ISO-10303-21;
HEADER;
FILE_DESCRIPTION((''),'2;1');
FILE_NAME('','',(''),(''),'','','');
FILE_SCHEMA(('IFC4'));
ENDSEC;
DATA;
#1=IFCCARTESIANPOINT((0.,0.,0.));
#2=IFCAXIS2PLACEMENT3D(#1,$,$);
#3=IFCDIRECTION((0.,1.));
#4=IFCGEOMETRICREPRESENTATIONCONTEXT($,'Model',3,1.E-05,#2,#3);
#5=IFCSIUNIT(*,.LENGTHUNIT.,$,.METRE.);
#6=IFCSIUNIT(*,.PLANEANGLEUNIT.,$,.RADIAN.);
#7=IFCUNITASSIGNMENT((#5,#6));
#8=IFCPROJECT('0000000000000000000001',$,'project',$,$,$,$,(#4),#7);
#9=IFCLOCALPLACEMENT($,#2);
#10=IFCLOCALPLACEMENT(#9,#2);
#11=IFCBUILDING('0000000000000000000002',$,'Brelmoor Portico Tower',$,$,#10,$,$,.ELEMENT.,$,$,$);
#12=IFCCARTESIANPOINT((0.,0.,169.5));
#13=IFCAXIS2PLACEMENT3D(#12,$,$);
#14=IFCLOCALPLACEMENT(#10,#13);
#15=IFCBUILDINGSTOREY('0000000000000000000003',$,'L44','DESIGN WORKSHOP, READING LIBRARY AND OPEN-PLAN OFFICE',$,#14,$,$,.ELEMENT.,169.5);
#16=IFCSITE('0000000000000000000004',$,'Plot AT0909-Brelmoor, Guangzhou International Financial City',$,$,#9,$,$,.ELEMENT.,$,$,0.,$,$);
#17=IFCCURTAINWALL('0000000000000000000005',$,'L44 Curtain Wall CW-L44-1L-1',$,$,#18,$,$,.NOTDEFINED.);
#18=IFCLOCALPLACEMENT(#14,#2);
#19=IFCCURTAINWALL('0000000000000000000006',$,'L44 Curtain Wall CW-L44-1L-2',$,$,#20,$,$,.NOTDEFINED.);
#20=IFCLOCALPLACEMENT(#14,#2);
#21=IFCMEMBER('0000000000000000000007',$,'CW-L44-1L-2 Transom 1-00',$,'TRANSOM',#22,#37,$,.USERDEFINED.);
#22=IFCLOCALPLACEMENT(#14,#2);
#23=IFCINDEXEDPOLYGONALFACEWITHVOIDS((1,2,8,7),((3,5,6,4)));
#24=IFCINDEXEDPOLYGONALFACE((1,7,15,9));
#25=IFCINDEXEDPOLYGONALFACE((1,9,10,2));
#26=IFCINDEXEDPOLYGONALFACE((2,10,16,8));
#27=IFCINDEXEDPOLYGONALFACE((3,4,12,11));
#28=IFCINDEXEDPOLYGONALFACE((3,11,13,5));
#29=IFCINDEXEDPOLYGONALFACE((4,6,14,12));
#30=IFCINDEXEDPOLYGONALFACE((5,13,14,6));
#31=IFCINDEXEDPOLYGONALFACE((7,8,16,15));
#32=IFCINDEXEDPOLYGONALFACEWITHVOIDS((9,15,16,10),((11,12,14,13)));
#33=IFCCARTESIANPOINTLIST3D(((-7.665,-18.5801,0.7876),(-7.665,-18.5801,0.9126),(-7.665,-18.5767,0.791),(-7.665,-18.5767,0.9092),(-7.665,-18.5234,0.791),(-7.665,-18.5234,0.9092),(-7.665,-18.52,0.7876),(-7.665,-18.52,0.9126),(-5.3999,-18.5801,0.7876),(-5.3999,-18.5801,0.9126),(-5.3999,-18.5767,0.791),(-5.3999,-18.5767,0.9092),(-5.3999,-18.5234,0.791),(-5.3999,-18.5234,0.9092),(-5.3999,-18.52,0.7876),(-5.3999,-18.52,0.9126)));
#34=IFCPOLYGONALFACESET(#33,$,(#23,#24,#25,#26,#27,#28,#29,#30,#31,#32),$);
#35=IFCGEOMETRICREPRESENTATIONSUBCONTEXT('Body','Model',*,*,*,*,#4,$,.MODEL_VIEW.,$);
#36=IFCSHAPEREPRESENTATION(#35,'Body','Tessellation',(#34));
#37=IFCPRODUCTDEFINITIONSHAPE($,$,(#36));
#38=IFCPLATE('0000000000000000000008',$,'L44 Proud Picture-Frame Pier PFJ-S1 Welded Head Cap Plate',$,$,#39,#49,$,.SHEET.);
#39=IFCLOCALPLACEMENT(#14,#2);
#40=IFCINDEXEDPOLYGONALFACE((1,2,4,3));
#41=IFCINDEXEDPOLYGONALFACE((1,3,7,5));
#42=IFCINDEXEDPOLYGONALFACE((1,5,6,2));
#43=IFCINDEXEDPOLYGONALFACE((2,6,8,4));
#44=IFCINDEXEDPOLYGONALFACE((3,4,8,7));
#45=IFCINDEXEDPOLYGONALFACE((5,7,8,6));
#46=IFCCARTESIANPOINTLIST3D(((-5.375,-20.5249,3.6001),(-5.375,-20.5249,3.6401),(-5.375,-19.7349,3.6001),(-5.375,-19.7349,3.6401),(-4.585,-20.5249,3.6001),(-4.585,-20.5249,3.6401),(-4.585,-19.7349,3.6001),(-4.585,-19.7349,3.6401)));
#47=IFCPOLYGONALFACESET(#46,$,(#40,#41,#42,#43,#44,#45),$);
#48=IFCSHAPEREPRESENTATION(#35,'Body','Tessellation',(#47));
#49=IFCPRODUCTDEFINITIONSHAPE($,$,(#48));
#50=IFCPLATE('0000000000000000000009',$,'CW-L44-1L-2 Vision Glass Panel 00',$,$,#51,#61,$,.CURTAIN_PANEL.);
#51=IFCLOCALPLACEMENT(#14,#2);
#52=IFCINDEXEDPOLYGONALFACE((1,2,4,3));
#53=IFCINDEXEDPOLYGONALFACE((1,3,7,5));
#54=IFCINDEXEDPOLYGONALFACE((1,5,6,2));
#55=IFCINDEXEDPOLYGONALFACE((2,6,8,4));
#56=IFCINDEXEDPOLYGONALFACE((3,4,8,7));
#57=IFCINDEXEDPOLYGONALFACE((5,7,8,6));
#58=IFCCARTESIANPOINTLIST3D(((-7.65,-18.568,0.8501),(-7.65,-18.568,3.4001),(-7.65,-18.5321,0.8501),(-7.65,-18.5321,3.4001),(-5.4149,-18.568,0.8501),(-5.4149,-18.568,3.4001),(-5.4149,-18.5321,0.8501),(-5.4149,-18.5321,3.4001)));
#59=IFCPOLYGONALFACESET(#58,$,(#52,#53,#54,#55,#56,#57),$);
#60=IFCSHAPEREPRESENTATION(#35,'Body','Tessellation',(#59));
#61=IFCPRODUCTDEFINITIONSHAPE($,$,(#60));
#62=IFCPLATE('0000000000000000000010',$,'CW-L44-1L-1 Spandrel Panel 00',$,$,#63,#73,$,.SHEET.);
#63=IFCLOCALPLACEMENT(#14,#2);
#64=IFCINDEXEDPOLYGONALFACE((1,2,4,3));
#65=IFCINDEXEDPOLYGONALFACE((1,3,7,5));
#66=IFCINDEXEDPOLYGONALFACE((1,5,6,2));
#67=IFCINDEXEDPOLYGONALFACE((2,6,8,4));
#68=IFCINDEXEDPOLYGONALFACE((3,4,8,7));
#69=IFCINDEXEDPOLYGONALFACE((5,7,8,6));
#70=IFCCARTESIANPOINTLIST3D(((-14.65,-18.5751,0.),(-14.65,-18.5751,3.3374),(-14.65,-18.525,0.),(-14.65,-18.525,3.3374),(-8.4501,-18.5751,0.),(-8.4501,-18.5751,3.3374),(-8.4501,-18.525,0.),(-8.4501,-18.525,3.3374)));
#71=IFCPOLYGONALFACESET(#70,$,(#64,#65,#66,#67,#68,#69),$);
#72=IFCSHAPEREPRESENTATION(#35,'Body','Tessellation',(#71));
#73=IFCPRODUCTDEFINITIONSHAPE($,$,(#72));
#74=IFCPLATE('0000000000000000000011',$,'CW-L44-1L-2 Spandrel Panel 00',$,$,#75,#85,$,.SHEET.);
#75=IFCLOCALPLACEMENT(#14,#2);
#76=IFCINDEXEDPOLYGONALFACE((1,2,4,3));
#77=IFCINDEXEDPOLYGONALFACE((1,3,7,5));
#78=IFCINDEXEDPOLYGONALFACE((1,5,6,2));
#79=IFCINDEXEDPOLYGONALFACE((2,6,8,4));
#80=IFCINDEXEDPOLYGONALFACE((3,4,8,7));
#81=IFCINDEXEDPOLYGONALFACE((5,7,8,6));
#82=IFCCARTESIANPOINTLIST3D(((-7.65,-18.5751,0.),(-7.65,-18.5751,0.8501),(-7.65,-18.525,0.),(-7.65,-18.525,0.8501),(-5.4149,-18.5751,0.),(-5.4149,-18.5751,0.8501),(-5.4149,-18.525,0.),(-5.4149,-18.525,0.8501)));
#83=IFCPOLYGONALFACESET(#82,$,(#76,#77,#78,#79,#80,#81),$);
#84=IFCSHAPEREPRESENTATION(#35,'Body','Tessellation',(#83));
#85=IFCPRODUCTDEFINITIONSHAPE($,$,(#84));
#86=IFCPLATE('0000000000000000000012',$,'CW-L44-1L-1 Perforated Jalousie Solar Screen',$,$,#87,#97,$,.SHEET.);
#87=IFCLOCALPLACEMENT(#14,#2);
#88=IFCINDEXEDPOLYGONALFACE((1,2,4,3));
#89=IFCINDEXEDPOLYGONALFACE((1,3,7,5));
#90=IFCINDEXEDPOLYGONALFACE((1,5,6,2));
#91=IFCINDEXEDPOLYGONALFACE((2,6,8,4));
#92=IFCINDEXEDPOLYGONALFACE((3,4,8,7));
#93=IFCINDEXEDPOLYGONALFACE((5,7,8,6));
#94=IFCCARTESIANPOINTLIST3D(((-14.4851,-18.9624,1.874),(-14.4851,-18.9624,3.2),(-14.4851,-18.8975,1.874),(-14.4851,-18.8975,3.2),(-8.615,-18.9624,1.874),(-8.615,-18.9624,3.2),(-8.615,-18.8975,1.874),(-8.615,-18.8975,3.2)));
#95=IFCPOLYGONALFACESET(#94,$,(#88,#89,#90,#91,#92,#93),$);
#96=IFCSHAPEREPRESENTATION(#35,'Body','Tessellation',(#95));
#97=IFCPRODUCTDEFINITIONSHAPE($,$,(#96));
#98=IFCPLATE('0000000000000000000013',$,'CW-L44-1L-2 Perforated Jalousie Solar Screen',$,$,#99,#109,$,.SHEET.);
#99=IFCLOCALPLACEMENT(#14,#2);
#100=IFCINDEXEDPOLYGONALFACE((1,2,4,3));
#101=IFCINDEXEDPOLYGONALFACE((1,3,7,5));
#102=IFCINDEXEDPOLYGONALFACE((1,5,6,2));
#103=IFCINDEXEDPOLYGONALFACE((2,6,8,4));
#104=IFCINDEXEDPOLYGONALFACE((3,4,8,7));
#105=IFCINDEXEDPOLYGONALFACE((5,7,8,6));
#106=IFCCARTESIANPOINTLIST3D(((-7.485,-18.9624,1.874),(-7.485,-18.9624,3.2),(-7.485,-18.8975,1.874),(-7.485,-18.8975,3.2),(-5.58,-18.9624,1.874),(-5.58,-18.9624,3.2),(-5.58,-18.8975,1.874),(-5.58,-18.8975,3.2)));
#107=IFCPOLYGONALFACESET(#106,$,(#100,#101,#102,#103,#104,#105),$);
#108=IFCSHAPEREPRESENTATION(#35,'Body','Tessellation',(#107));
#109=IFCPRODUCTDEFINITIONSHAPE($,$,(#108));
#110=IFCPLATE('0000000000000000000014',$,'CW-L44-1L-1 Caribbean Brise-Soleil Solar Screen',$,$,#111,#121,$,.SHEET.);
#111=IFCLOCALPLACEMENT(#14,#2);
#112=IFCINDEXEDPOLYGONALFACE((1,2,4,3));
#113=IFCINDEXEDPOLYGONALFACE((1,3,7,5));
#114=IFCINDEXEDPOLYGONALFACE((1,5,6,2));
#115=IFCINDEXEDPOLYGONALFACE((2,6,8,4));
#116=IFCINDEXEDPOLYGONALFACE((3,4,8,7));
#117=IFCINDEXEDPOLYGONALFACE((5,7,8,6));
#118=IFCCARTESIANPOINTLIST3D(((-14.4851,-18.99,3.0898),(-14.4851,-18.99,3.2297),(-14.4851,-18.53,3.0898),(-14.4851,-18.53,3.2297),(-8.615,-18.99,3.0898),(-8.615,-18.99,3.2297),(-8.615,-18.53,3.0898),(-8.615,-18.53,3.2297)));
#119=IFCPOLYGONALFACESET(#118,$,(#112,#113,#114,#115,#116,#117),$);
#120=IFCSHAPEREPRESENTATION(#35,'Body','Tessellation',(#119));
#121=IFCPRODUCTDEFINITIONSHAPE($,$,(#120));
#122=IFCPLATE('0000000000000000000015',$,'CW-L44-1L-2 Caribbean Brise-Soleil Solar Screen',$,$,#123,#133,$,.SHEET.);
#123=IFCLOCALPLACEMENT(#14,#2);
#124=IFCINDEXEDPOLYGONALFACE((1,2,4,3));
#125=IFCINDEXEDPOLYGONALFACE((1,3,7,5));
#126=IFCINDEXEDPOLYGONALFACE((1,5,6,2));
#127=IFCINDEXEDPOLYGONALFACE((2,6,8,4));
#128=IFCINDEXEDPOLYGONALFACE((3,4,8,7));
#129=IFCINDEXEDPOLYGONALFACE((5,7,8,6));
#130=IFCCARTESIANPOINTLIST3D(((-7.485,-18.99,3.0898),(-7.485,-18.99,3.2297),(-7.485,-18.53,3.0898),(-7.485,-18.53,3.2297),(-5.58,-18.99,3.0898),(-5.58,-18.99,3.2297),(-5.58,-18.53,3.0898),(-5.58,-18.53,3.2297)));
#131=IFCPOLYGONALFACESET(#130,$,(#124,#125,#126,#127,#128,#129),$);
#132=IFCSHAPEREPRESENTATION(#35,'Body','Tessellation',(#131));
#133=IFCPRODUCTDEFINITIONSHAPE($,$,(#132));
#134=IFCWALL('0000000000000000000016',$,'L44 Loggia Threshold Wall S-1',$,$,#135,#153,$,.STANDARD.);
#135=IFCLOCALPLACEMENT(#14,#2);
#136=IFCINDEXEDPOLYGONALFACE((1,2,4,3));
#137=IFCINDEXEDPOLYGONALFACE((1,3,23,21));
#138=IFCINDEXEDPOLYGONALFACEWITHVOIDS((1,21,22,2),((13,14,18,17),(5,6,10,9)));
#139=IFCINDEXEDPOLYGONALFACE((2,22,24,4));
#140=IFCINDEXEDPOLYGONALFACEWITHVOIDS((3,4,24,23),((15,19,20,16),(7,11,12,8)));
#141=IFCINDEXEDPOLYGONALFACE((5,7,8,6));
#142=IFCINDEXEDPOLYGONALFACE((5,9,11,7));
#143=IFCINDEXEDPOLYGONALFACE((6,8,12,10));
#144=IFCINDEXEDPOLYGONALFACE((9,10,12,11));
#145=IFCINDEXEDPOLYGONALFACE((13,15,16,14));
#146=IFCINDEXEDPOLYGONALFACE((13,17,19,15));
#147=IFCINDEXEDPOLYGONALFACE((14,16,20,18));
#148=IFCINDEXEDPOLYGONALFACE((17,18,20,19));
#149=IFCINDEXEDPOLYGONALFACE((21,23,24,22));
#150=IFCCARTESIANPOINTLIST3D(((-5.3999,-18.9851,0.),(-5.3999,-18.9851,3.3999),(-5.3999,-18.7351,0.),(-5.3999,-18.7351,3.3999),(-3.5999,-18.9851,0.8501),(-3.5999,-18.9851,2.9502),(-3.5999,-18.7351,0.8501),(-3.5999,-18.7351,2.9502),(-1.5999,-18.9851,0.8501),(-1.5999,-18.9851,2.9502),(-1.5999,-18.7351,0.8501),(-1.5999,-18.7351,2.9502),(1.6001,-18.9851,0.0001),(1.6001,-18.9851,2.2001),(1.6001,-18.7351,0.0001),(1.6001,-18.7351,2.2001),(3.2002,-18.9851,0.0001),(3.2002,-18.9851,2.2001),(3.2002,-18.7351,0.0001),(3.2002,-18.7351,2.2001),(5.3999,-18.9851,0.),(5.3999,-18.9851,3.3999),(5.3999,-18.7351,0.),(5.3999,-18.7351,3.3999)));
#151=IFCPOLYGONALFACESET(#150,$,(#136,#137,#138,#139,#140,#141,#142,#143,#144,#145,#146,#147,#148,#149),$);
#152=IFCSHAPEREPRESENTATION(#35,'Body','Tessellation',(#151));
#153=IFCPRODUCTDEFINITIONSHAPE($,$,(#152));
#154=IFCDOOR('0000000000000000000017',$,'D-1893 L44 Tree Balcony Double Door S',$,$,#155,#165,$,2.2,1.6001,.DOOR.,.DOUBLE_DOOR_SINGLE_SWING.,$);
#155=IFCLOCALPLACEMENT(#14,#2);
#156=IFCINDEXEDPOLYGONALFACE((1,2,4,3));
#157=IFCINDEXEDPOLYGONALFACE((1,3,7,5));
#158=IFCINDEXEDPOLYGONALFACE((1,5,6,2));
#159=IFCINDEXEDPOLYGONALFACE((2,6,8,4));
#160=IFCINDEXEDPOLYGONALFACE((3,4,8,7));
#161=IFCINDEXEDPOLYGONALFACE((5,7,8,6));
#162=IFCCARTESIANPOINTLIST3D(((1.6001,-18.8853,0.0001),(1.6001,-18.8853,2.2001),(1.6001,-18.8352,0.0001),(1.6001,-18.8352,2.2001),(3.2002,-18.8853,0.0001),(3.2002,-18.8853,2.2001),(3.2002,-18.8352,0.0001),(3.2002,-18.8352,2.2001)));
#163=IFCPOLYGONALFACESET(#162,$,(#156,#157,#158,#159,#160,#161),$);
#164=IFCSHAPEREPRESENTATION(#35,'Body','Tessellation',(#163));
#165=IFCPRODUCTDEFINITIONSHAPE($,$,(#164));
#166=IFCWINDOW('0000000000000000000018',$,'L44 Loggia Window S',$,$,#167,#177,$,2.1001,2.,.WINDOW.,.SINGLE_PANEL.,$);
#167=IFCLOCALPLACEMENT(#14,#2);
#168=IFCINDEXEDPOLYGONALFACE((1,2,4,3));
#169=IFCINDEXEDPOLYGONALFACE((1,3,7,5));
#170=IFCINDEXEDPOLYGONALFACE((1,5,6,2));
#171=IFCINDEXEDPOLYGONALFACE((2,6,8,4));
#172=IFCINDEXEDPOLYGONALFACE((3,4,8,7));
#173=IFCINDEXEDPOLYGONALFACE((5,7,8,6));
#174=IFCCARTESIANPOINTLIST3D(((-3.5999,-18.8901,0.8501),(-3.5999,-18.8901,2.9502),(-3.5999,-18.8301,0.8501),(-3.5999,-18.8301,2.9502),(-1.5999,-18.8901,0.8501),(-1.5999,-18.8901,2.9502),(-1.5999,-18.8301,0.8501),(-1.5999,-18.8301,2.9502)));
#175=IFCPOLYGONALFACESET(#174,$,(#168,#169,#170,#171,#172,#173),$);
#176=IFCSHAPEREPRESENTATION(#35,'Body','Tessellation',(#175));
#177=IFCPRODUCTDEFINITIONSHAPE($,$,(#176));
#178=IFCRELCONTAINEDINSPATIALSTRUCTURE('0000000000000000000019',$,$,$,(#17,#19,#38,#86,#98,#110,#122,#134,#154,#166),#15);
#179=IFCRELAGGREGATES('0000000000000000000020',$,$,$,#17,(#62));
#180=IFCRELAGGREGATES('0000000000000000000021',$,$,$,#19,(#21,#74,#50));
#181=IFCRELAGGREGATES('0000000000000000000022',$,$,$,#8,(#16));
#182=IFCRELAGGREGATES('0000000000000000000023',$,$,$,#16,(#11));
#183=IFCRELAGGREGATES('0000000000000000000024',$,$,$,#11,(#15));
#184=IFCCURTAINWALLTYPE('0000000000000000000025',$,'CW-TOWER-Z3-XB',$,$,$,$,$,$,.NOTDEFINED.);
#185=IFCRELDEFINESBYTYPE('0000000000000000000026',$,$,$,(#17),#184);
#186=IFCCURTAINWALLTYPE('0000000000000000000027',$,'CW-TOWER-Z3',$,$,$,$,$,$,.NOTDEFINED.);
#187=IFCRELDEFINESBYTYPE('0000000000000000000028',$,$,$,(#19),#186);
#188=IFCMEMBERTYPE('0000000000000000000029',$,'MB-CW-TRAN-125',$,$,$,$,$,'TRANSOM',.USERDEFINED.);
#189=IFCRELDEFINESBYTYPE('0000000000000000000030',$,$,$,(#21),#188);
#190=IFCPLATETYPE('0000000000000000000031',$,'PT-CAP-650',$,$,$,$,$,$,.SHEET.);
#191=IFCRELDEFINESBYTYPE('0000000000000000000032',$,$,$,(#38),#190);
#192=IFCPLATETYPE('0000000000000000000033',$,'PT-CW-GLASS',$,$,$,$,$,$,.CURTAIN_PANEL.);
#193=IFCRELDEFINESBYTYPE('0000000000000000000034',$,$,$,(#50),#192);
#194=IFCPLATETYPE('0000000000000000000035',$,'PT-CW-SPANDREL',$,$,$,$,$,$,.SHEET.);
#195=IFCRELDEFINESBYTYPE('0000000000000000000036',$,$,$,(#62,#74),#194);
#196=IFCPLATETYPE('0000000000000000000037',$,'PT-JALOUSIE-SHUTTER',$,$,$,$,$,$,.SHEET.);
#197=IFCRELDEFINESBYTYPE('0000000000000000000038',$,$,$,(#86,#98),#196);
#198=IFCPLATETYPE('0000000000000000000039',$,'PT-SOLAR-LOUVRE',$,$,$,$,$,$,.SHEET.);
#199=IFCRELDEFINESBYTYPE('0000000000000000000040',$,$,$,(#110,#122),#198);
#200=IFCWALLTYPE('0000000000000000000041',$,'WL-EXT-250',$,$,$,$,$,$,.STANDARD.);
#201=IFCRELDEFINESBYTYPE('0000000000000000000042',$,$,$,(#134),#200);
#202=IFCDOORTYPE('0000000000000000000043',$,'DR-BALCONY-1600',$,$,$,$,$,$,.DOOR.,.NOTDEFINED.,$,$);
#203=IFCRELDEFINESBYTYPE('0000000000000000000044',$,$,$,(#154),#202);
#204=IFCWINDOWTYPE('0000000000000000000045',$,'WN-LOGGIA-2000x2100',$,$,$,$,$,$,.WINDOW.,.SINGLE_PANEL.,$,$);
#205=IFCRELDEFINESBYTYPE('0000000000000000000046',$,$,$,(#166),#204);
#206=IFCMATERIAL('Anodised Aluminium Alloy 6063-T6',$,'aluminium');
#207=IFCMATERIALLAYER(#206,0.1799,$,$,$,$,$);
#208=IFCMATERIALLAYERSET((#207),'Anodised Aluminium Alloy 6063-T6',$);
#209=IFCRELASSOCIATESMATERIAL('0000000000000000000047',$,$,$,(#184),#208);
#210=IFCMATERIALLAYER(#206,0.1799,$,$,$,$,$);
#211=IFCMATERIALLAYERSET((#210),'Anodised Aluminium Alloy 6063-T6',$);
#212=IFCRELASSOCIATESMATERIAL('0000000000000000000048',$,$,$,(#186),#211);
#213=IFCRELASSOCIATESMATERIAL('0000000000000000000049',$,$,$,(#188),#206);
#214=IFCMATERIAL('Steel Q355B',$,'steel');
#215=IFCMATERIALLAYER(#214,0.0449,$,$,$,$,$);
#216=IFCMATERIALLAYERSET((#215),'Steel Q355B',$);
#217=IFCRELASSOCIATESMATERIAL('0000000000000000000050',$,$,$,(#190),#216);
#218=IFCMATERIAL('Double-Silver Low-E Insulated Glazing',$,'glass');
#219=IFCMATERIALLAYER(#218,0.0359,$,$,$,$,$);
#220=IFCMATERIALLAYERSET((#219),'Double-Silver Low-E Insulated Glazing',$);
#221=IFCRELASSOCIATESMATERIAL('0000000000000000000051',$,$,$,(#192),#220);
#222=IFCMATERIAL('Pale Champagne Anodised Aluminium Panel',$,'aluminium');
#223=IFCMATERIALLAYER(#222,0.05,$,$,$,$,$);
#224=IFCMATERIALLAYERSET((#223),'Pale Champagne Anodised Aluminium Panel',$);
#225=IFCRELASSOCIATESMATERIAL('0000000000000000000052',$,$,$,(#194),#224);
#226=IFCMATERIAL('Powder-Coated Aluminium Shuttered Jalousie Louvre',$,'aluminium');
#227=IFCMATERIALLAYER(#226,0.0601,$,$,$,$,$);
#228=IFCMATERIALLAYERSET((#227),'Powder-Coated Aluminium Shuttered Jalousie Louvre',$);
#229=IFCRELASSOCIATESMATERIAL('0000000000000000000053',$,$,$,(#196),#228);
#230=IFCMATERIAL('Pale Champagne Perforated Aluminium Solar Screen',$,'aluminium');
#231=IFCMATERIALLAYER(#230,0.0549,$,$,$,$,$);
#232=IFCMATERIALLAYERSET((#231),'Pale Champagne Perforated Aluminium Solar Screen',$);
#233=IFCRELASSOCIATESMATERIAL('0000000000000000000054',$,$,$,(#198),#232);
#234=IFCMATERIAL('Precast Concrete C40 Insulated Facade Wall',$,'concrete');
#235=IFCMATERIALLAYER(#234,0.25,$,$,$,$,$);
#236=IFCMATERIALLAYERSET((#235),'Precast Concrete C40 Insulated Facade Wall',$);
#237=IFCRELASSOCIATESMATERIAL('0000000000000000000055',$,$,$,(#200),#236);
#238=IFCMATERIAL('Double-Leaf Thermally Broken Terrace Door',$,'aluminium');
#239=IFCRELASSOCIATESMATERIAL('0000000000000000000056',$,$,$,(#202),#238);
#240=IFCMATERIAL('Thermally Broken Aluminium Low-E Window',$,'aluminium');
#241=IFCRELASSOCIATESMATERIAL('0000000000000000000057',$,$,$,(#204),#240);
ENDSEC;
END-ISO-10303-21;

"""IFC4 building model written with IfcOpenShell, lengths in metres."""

from ifc_helpers import new_model, si_unit, direction, frame, frame_2d, origin, origin_2d, place, context, subcontext, project, spatial, rectangle, hollow_rectangle, extrude, material, layer, layer_set, material_profile, profile_set, type_object, element, fill, aggregate, save


model = new_model("IFC4")

# Units and contexts
model_context = context("Model", 3, precision=1e-05, world=origin(), true_north=direction((0.0, 1.0)))
body_context = subcontext(model_context, "Body", "Model", "MODEL_VIEW")
ifc_project = project(units=[si_unit("LENGTHUNIT", "METRE"), si_unit("PLANEANGLEUNIT", "RADIAN")], contexts=[model_context])

# Site, building, storey
site_placement = place(None, origin())
site = spatial("IfcSite", under=ifc_project, at=site_placement, Name="Plot AT0909-Brelmoor, Guangzhou International Financial City", CompositionType="ELEMENT", RefElevation=0.0)
building_placement = place(site_placement, origin())
building = spatial("IfcBuilding", under=site, at=building_placement, Name="Brelmoor Portico Tower", CompositionType="ELEMENT")
storey_placement = place(building_placement, frame((0.0, 0.0, 169.5)))
storey = spatial("IfcBuildingStorey", under=building, at=storey_placement, Name="L44", Description="DESIGN WORKSHOP, READING LIBRARY AND OPEN-PLAN OFFICE", CompositionType="ELEMENT", Elevation=169.5)

# Shared definitions
ifc_material_1 = material(Name="Steel Q355B", Category="steel")

# Curtain wall
ifc_material_2 = material(Name="Anodised Aluminium Alloy 6063-T6", Category="aluminium")
ifc_layer_1 = layer(ifc_material_2, 0.1799)
ifc_layer_set_1 = layer_set([ifc_layer_1], Name="Anodised Aluminium Alloy 6063-T6")
curtain_wall_type_1 = type_object("IfcCurtainWallType", Name="CW-TOWER-Z3-XB", PredefinedType="NOTDEFINED", material=ifc_layer_set_1)
curtain_wall_1_placement = place(storey_placement, origin())
curtain_wall_1 = element("IfcCurtainWall", 1, at=curtain_wall_1_placement, inside=storey, type_object=curtain_wall_type_1, Name="L44 Curtain Wall CW-L44-1L-1", PredefinedType="NOTDEFINED")

# Curtain wall
ifc_layer_2 = layer(ifc_material_2, 0.1799)
ifc_layer_set_2 = layer_set([ifc_layer_2], Name="Anodised Aluminium Alloy 6063-T6")
curtain_wall_type_2 = type_object("IfcCurtainWallType", Name="CW-TOWER-Z3", PredefinedType="NOTDEFINED", material=ifc_layer_set_2)
curtain_wall_2_placement = place(storey_placement, origin())
curtain_wall_2 = element("IfcCurtainWall", 2, at=curtain_wall_2_placement, inside=storey, type_object=curtain_wall_type_2, Name="L44 Curtain Wall CW-L44-1L-2", PredefinedType="NOTDEFINED")

# Member
ifc_material_profile_1 = material_profile(ifc_material_2, hollow_rectangle(XDim=0.0601, YDim=0.125, WallThickness=0.0034, at=origin_2d()), Name="ALU TRANSOM 60x125")
ifc_profile_set_1 = profile_set([ifc_material_profile_1], Name="Anodised Aluminium Alloy 6063-T6")
member_type_1 = type_object("IfcMemberType", Name="MB-CW-TRAN-125", ElementType="TRANSOM", PredefinedType="USERDEFINED", material=ifc_profile_set_1)
member_1_placement = place(storey_placement, frame((-7.665, -18.55, 0.8501), z_axis=(1.0, 0.0, 0.0), x_axis=(0.0, 1.0, 0.0)))
member_1 = element("IfcMember", 3, at=member_1_placement, type_object=member_type_1, Name="CW-L44-1L-2 Transom 1-00", ObjectType="TRANSOM", PredefinedType="USERDEFINED", context=body_context, shape_type="SweptSolid", body=[
    extrude(hollow_rectangle(XDim=0.0601, YDim=0.125, WallThickness=0.0034, at=origin_2d()), origin(), (0.0, 0.0, 1.0), 2.2651),
])

# Plates
ifc_layer_3 = layer(ifc_material_1, 0.0449)
ifc_layer_set_3 = layer_set([ifc_layer_3], Name="Steel Q355B")
plate_type_1 = type_object("IfcPlateType", Name="PT-CAP-650", PredefinedType="SHEET", material=ifc_layer_set_3)
plate_1_placement = place(storey_placement, frame((-4.98, -20.1299, 3.6001), z_axis=(0.0, 0.0, 1.0), x_axis=(1.0, 0.0, 0.0)))
element("IfcPlate", 4, at=plate_1_placement, inside=storey, type_object=plate_type_1, Name="L44 Proud Picture-Frame Pier PFJ-S1 Welded Head Cap Plate", PredefinedType="SHEET", context=body_context, shape_type="SweptSolid", body=[
    extrude(rectangle(XDim=0.79, YDim=0.79, at=origin_2d()), origin(), (0.0, 0.0, 1.0), 0.04),
])
ifc_material_3 = material(Name="Double-Silver Low-E Insulated Glazing", Category="glass")
ifc_layer_4 = layer(ifc_material_3, 0.0359)
ifc_layer_set_4 = layer_set([ifc_layer_4], Name="Double-Silver Low-E Insulated Glazing")
plate_type_2 = type_object("IfcPlateType", Name="PT-CW-GLASS", PredefinedType="CURTAIN_PANEL", material=ifc_layer_set_4)
plate_2_placement = place(storey_placement, frame((-6.5325, -18.55, 0.8501), z_axis=(0.0, 0.0, 1.0), x_axis=(1.0, 0.0, 0.0)))
plate_2 = element("IfcPlate", 5, at=plate_2_placement, type_object=plate_type_2, Name="CW-L44-1L-2 Vision Glass Panel 00", PredefinedType="CURTAIN_PANEL", context=body_context, shape_type="SweptSolid", body=[
    extrude(rectangle(XDim=2.2351, YDim=0.0359, at=origin_2d()), origin(), (0.0, 0.0, 1.0), 2.55),
])
ifc_material_4 = material(Name="Pale Champagne Anodised Aluminium Panel", Category="aluminium")
ifc_layer_5 = layer(ifc_material_4, 0.05)
ifc_layer_set_5 = layer_set([ifc_layer_5], Name="Pale Champagne Anodised Aluminium Panel")
plate_type_3 = type_object("IfcPlateType", Name="PT-CW-SPANDREL", PredefinedType="SHEET", material=ifc_layer_set_5)
plate_3_placement = place(storey_placement, frame((-11.55, -18.55, 0.0), z_axis=(0.0, 0.0, 1.0), x_axis=(1.0, 0.0, 0.0)))
plate_3 = element("IfcPlate", 6, at=plate_3_placement, type_object=plate_type_3, Name="CW-L44-1L-1 Spandrel Panel 00", PredefinedType="SHEET", context=body_context, shape_type="SweptSolid", body=[
    extrude(rectangle(XDim=6.2, YDim=0.05, at=origin_2d()), origin(), (0.0, 0.0, 1.0), 3.3374),
])
aggregate(curtain_wall_1, [plate_3])
plate_4_placement = place(storey_placement, frame((-6.5325, -18.55, 0.0), z_axis=(0.0, 0.0, 1.0), x_axis=(1.0, 0.0, 0.0)))
plate_4 = element("IfcPlate", 7, at=plate_4_placement, type_object=plate_type_3, Name="CW-L44-1L-2 Spandrel Panel 00", PredefinedType="SHEET", context=body_context, shape_type="SweptSolid", body=[
    extrude(rectangle(XDim=2.2351, YDim=0.05, at=origin_2d()), origin(), (0.0, 0.0, 1.0), 0.8501),
])
aggregate(curtain_wall_2, [member_1, plate_4, plate_2])

# Plates
ifc_material_5 = material(Name="Powder-Coated Aluminium Shuttered Jalousie Louvre", Category="aluminium")
ifc_layer_6 = layer(ifc_material_5, 0.0601)
ifc_layer_set_6 = layer_set([ifc_layer_6], Name="Powder-Coated Aluminium Shuttered Jalousie Louvre")
plate_type_4 = type_object("IfcPlateType", Name="PT-JALOUSIE-SHUTTER", PredefinedType="SHEET", material=ifc_layer_set_6)
plate_5_placement = place(storey_placement, frame((-11.55, -18.9299, 1.874), z_axis=(0.0, 0.0, 1.0), x_axis=(1.0, 0.0, 0.0)))
element("IfcPlate", 8, at=plate_5_placement, inside=storey, type_object=plate_type_4, Name="CW-L44-1L-1 Perforated Jalousie Solar Screen", PredefinedType="SHEET", context=body_context, shape_type="SweptSolid", body=[
    extrude(rectangle(XDim=5.8701, YDim=0.0649, at=origin_2d()), origin(), (0.0, 0.0, 1.0), 1.3259),
])
plate_6_placement = place(storey_placement, frame((-6.5325, -18.9299, 1.874), z_axis=(0.0, 0.0, 1.0), x_axis=(1.0, 0.0, 0.0)))
element("IfcPlate", 9, at=plate_6_placement, inside=storey, type_object=plate_type_4, Name="CW-L44-1L-2 Perforated Jalousie Solar Screen", PredefinedType="SHEET", context=body_context, shape_type="SweptSolid", body=[
    extrude(rectangle(XDim=1.905, YDim=0.0649, at=origin_2d()), origin(), (0.0, 0.0, 1.0), 1.3259),
])
ifc_material_6 = material(Name="Pale Champagne Perforated Aluminium Solar Screen", Category="aluminium")
ifc_layer_7 = layer(ifc_material_6, 0.0549)
ifc_layer_set_7 = layer_set([ifc_layer_7], Name="Pale Champagne Perforated Aluminium Solar Screen")
plate_type_5 = type_object("IfcPlateType", Name="PT-SOLAR-LOUVRE", PredefinedType="SHEET", material=ifc_layer_set_7)
plate_7_placement = place(storey_placement, frame((-11.55, -18.76, 3.0898), z_axis=(0.0, 0.0, 1.0), x_axis=(1.0, 0.0, 0.0)))
element("IfcPlate", 10, at=plate_7_placement, inside=storey, type_object=plate_type_5, Name="CW-L44-1L-1 Caribbean Brise-Soleil Solar Screen", PredefinedType="SHEET", context=body_context, shape_type="SweptSolid", body=[
    extrude(rectangle(XDim=5.8701, YDim=0.46, at=origin_2d()), origin(), (0.0, 0.0, 1.0), 0.1399),
])
plate_8_placement = place(storey_placement, frame((-6.5325, -18.76, 3.0898), z_axis=(0.0, 0.0, 1.0), x_axis=(1.0, 0.0, 0.0)))
element("IfcPlate", 11, at=plate_8_placement, inside=storey, type_object=plate_type_5, Name="CW-L44-1L-2 Caribbean Brise-Soleil Solar Screen", PredefinedType="SHEET", context=body_context, shape_type="SweptSolid", body=[
    extrude(rectangle(XDim=1.905, YDim=0.46, at=origin_2d()), origin(), (0.0, 0.0, 1.0), 0.1399),
])

# Wall, openings, door, window
ifc_material_7 = material(Name="Precast Concrete C40 Insulated Facade Wall", Category="concrete")
ifc_layer_8 = layer(ifc_material_7, 0.25)
ifc_layer_set_8 = layer_set([ifc_layer_8], Name="Precast Concrete C40 Insulated Facade Wall")
wall_type = type_object("IfcWallType", Name="WL-EXT-250", PredefinedType="STANDARD", material=ifc_layer_set_8)
wall_placement = place(storey_placement, frame((-5.3999, -18.8601, 0.0), z_axis=(0.0, 0.0, 1.0), x_axis=(1.0, 0.0, 0.0)))
wall = element("IfcWall", 12, at=wall_placement, inside=storey, type_object=wall_type, Name="L44 Loggia Threshold Wall S-1", PredefinedType="STANDARD", context=body_context, shape_type="SweptSolid", body=[
    extrude(rectangle(XDim=10.7998, YDim=0.25, at=frame_2d((5.3999, 0.0))), origin(), (0.0, 0.0, 1.0), 3.3999),
])
opening_1_placement = place(wall_placement, frame((7.0, 0.0, 0.0)))
opening_1 = element("IfcOpeningElement", 13, at=opening_1_placement, cuts=wall, PredefinedType="OPENING", context=body_context, shape_type="SweptSolid", body=[
    extrude(rectangle(XDim=1.6001, YDim=2.2, at=frame_2d((0.8, 1.1001))), frame((0.0, 0.135, 0.0), z_axis=(0.0, -1.0, 0.0), x_axis=(1.0, 0.0, 0.0)), (0.0, 0.0, 1.0), 0.27),
])
opening_2_placement = place(wall_placement, frame((1.8, 0.0, 0.8501)))
opening_2 = element("IfcOpeningElement", 14, at=opening_2_placement, cuts=wall, PredefinedType="OPENING", context=body_context, shape_type="SweptSolid", body=[
    extrude(rectangle(XDim=2.0, YDim=2.1001, at=frame_2d((1.0, 1.05))), frame((0.0, 0.135, 0.0), z_axis=(0.0, -1.0, 0.0), x_axis=(1.0, 0.0, 0.0)), (0.0, 0.0, 1.0), 0.27),
])
ifc_material_8 = material(Name="Double-Leaf Thermally Broken Terrace Door", Category="aluminium")
door_type = type_object("IfcDoorType", Name="DR-BALCONY-1600", OperationType="NOTDEFINED", PredefinedType="DOOR", material=ifc_material_8)
door_placement = place(opening_1_placement, origin())
door = element("IfcDoor", 15, at=door_placement, inside=storey, type_object=door_type, Name="D-1893 L44 Tree Balcony Double Door S", OperationType="DOUBLE_DOOR_SINGLE_SWING", OverallHeight=2.2, OverallWidth=1.6001, PredefinedType="DOOR", context=body_context, shape_type="SweptSolid", body=[
    extrude(rectangle(XDim=1.6001, YDim=2.2, at=frame_2d((0.8, 1.1001))), frame((0.0, 0.0249, 0.0), z_axis=(0.0, -1.0, 0.0), x_axis=(1.0, 0.0, 0.0)), (0.0, 0.0, 1.0), 0.05),
])
fill(opening_1, door)
ifc_material_9 = material(Name="Thermally Broken Aluminium Low-E Window", Category="aluminium")
window_type = type_object("IfcWindowType", Name="WN-LOGGIA-2000x2100", PartitioningType="SINGLE_PANEL", PredefinedType="WINDOW", material=ifc_material_9)
window_placement = place(opening_2_placement, origin())
window = element("IfcWindow", 16, at=window_placement, inside=storey, type_object=window_type, Name="L44 Loggia Window S", OverallHeight=2.1001, OverallWidth=2.0, PartitioningType="SINGLE_PANEL", PredefinedType="WINDOW", context=body_context, shape_type="SweptSolid", body=[
    extrude(rectangle(XDim=2.0, YDim=2.1001, at=frame_2d((1.0, 1.05))), frame((0.0, 0.03, 0.0), z_axis=(0.0, -1.0, 0.0), x_axis=(1.0, 0.0, 0.0)), (0.0, 0.0, 1.0), 0.0601),
])
fill(opening_2, window)

save(model, "model.ifc")
